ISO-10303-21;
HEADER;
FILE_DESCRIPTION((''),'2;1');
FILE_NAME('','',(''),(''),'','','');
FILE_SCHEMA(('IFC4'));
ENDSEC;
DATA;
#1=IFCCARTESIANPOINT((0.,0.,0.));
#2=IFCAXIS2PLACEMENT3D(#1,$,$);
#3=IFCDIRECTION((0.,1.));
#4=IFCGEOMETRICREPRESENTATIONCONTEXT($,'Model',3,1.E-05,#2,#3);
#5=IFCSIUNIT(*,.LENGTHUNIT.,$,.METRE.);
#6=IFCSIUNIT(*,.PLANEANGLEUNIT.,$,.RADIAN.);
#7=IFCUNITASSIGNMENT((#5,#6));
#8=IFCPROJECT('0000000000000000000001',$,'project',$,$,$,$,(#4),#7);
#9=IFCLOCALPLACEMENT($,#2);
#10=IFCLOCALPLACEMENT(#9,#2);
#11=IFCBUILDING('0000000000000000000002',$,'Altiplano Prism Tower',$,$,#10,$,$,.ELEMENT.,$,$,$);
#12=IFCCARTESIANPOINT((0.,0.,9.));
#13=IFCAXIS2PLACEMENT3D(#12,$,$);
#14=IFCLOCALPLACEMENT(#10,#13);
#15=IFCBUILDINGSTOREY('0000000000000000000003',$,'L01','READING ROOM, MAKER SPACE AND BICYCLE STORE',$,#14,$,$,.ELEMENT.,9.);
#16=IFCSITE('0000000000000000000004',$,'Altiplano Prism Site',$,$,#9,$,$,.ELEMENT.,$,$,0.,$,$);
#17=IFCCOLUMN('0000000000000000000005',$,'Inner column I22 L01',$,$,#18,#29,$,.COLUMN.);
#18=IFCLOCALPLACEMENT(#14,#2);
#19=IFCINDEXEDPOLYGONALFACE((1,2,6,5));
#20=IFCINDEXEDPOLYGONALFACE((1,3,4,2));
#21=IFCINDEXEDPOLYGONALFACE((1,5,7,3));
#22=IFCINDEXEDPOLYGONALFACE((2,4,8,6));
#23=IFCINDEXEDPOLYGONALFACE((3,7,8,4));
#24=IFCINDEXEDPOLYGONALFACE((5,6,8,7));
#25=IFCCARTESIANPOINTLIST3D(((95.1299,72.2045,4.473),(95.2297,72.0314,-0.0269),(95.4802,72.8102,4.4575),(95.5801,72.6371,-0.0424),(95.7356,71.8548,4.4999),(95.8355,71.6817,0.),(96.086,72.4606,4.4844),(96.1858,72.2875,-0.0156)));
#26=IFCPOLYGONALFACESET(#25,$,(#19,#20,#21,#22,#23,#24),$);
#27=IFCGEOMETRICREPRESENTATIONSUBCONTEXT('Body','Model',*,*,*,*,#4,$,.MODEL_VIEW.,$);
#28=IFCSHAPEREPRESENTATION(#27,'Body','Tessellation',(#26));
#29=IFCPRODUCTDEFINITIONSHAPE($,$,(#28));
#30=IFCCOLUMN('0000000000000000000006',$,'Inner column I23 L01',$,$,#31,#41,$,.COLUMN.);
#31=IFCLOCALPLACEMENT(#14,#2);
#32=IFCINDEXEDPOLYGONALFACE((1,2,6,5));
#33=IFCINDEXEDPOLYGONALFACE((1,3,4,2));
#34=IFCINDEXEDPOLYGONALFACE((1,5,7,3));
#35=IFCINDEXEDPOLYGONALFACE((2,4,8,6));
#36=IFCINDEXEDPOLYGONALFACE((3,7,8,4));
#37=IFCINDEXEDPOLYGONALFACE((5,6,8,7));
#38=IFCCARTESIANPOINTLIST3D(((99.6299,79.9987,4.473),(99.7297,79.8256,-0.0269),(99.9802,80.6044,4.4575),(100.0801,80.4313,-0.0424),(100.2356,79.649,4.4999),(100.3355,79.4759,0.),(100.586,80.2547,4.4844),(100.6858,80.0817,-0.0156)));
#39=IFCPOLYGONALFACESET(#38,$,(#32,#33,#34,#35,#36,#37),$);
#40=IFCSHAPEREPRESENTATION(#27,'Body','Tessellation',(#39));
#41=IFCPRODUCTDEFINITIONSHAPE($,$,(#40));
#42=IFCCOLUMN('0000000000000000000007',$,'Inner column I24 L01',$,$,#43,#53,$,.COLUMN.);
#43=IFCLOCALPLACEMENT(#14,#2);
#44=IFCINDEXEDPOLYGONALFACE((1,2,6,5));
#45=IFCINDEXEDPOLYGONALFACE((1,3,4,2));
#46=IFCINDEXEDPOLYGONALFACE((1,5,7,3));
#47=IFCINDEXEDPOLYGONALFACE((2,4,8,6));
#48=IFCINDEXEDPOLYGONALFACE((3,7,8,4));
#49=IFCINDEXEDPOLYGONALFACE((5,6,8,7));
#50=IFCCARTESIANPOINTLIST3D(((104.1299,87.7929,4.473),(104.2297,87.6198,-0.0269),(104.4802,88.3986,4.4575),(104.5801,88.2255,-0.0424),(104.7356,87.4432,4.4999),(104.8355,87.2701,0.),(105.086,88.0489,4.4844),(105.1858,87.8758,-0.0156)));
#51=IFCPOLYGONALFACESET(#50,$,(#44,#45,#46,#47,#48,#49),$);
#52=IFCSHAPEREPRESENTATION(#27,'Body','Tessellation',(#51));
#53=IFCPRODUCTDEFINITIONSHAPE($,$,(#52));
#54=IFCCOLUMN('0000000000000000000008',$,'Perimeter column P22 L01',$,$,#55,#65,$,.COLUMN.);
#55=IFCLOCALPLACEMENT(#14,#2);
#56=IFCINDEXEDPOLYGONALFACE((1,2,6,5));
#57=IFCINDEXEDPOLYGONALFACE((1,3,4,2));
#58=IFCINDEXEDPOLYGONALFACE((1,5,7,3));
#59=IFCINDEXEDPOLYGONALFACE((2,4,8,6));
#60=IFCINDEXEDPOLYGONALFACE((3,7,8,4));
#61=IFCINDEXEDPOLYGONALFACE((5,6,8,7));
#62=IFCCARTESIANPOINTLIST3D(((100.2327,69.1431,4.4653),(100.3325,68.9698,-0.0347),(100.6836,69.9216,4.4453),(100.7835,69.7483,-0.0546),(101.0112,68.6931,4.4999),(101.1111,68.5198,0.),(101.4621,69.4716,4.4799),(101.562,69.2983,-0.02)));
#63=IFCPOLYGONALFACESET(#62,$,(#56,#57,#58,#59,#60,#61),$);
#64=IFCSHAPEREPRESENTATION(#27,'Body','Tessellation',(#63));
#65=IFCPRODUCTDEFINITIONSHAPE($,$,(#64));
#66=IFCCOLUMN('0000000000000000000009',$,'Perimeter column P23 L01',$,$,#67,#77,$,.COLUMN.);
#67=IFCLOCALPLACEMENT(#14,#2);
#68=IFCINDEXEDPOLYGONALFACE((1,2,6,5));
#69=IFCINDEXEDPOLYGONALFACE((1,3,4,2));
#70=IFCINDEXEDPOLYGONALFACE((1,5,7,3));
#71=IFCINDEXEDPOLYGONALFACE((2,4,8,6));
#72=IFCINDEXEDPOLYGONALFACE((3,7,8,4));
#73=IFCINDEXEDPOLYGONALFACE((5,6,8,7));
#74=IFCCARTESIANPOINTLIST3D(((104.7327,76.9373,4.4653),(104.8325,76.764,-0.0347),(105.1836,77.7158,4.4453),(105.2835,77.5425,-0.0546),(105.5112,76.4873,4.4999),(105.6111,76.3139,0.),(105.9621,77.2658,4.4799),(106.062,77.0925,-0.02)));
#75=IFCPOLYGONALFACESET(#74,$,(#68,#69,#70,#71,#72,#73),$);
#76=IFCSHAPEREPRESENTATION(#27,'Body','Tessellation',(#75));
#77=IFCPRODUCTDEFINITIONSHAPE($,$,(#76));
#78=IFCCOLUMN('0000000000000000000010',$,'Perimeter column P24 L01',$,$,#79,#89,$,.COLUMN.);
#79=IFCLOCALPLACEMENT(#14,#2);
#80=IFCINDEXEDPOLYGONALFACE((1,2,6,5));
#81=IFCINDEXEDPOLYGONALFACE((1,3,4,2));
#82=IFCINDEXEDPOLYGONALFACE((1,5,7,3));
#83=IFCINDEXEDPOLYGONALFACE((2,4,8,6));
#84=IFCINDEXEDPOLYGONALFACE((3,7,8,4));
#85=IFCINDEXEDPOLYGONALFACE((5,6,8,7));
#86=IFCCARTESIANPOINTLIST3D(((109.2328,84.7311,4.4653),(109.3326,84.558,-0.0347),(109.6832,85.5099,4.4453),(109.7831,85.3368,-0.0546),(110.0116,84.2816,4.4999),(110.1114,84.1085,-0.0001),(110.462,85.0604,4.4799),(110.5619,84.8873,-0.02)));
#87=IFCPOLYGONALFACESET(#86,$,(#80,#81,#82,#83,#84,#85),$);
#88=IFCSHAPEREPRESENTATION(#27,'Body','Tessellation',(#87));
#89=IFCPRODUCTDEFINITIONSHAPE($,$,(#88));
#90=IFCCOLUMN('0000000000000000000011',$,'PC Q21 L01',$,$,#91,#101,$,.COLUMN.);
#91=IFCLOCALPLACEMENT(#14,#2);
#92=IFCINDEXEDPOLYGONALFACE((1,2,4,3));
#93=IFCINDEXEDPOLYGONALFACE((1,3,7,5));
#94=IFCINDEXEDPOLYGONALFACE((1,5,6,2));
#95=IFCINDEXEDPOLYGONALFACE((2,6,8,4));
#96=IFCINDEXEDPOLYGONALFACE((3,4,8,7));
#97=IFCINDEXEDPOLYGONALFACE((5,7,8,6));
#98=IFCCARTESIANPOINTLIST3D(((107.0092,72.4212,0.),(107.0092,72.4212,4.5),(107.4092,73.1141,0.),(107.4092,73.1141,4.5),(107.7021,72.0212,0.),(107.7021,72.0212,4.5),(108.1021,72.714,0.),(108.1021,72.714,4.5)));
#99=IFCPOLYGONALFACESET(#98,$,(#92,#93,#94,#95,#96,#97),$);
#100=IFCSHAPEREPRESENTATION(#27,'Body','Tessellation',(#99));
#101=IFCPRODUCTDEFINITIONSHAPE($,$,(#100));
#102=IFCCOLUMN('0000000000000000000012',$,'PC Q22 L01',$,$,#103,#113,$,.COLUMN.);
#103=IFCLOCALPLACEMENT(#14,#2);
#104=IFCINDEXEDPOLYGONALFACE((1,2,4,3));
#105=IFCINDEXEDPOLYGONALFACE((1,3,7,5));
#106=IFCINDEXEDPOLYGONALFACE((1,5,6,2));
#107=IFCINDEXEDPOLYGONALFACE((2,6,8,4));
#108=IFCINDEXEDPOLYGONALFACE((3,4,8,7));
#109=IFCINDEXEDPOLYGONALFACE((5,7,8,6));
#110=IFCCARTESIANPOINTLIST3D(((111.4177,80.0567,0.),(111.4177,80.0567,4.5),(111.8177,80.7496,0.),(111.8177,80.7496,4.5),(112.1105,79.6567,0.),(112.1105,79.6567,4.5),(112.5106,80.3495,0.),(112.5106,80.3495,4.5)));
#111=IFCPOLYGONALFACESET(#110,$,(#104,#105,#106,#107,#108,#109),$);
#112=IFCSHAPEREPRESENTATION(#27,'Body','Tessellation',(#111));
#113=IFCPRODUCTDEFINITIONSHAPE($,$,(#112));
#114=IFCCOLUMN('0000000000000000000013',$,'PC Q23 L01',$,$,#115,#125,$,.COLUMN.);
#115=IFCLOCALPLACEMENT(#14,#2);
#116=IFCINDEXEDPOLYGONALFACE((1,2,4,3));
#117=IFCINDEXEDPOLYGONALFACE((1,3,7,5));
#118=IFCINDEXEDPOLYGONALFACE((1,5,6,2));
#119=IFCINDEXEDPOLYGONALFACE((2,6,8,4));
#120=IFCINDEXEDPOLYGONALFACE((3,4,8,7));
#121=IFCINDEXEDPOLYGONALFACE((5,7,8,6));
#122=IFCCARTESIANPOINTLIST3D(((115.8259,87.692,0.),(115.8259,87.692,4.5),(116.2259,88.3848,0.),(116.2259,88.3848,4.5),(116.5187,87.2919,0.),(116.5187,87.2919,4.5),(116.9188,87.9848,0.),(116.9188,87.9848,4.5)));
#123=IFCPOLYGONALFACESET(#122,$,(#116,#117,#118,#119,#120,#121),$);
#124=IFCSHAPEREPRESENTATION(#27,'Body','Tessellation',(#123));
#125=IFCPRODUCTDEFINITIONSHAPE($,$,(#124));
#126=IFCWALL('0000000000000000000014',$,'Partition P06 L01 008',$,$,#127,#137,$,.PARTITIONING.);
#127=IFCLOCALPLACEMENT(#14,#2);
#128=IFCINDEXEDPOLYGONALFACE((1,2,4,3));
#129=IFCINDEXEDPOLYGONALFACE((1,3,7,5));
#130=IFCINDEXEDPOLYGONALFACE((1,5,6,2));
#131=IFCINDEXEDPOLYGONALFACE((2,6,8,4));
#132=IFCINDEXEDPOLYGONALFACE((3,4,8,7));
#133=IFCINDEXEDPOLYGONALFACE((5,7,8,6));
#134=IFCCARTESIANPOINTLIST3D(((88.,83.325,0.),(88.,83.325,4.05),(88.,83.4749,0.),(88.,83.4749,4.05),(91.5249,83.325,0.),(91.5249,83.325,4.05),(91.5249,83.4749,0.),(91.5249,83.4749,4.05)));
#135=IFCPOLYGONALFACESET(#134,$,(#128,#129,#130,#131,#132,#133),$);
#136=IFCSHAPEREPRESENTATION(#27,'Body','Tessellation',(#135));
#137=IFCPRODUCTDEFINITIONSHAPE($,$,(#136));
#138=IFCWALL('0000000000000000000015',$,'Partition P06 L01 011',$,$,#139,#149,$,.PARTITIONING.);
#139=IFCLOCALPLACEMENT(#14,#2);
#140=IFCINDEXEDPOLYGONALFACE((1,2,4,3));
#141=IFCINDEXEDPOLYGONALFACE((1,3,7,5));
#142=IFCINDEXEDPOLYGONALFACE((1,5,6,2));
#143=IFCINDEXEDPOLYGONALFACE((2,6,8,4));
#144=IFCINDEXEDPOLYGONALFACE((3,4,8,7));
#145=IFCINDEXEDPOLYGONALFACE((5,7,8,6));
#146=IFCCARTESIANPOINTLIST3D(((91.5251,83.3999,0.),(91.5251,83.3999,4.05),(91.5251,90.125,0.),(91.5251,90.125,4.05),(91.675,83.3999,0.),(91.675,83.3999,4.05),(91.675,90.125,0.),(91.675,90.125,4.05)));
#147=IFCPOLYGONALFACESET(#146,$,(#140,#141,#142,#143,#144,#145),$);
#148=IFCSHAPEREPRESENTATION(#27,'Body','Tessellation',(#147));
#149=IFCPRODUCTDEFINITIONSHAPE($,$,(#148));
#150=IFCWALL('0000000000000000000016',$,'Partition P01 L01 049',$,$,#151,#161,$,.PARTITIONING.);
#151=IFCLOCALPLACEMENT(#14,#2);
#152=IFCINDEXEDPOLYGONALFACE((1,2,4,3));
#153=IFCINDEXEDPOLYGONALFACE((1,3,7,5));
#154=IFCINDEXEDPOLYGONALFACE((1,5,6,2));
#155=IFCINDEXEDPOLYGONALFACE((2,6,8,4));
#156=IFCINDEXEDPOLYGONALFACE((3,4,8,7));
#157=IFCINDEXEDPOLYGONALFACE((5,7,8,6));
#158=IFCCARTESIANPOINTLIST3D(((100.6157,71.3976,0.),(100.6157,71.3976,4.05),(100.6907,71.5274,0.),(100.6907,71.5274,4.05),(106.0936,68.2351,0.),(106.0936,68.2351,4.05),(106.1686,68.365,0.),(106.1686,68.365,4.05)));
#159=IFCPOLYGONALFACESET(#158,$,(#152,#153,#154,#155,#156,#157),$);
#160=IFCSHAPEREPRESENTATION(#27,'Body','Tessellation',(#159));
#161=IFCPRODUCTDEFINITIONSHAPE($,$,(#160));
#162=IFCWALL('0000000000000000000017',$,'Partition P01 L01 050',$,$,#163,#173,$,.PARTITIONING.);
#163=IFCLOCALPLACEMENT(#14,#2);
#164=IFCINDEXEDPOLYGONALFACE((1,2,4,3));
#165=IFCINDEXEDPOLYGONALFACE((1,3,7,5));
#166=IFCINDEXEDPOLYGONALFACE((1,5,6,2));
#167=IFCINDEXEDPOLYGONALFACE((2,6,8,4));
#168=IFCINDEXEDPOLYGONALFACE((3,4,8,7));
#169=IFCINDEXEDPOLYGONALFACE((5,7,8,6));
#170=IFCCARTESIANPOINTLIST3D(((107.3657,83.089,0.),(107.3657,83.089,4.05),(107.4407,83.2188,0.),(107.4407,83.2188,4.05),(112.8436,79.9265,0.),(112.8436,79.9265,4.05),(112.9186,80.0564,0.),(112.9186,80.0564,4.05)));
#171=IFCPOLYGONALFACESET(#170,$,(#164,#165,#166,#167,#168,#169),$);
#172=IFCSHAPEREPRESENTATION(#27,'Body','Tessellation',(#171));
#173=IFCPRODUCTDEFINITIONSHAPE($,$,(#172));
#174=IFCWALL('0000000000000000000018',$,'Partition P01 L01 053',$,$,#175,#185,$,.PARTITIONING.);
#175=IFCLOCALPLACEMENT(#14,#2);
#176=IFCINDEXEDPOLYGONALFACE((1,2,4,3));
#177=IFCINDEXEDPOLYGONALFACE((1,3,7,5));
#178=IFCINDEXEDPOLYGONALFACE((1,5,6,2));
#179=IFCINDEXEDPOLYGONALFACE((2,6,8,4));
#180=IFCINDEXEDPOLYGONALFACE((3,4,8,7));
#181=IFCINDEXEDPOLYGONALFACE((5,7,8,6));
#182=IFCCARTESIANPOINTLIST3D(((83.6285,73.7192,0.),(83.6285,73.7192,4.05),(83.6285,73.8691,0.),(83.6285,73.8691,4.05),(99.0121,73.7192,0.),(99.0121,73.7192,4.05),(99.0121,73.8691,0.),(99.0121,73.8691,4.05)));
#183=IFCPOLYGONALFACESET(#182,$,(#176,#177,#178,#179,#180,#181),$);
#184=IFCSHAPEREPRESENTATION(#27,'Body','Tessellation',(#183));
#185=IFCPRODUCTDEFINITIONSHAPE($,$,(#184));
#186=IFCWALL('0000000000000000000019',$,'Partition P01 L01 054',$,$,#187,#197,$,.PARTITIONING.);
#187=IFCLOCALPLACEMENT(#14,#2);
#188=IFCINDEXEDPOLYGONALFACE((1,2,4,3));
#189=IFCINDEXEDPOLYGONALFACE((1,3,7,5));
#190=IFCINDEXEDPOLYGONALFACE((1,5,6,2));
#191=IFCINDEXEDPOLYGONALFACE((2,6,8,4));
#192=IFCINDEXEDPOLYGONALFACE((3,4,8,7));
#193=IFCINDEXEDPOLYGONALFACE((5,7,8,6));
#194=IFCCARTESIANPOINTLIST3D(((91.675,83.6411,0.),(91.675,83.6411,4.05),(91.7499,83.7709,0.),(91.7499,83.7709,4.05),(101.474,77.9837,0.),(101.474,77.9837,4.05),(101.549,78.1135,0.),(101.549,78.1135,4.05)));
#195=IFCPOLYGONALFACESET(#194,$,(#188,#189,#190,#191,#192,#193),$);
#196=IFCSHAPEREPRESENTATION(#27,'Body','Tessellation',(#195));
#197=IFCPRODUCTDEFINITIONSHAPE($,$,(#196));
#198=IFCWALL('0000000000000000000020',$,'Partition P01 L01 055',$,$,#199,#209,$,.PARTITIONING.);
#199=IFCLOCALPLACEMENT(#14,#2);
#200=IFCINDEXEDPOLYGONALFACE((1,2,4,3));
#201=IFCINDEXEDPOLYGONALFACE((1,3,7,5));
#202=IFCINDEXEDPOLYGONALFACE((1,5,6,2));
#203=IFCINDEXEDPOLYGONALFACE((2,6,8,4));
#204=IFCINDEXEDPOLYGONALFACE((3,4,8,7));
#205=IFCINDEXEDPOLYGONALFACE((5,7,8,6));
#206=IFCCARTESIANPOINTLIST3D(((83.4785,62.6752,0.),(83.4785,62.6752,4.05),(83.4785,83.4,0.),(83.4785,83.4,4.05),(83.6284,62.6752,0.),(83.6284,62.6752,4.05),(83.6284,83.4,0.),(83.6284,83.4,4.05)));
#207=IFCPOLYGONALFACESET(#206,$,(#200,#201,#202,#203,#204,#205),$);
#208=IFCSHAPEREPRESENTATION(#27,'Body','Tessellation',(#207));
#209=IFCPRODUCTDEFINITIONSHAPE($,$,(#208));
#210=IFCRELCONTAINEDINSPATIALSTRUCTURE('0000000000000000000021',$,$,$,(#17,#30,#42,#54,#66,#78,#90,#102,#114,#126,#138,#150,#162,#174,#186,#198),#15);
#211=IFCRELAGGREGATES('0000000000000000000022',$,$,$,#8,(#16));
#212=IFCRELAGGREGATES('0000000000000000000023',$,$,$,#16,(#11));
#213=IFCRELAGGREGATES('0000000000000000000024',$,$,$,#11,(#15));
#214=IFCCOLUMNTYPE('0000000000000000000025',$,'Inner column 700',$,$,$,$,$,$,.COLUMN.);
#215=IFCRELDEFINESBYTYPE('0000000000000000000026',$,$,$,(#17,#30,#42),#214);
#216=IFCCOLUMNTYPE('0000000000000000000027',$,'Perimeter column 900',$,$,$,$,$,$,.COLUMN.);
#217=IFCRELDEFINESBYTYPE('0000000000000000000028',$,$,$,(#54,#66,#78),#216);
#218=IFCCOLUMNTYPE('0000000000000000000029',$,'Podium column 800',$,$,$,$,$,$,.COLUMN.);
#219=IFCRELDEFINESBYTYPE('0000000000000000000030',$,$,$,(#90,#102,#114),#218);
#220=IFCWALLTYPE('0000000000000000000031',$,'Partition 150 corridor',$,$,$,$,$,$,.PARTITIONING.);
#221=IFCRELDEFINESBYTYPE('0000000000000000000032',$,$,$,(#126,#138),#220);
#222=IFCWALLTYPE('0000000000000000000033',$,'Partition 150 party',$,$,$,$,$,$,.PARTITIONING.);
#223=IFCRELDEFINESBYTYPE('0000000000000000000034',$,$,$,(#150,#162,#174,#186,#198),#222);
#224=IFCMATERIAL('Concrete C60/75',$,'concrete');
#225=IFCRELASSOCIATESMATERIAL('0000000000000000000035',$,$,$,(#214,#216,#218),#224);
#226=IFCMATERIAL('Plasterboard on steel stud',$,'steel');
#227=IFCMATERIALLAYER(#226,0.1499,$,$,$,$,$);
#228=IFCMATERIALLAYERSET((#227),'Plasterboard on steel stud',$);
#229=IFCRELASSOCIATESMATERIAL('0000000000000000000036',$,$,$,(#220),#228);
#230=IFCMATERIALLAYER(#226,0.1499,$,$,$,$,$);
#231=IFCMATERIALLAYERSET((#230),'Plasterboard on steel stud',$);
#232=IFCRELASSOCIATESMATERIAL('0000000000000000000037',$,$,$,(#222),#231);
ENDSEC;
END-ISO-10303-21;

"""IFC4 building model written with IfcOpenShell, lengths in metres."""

from ifc_helpers import new_model, si_unit, direction, frame, frame_2d, origin, origin_2d, place, context, subcontext, project, spatial, rectangle, extrude, material, layer, layer_set, material_profile, profile_set, type_object, element, save


model = new_model("IFC4")

# Units and contexts
model_context = context("Model", 3, precision=1e-05, world=origin(), true_north=direction((0.0, 1.0)))
body_context = subcontext(model_context, "Body", "Model", "MODEL_VIEW")
ifc_project = project(units=[si_unit("LENGTHUNIT", "METRE"), si_unit("PLANEANGLEUNIT", "RADIAN")], contexts=[model_context])

# Site, building, storey
site_placement = place(None, origin())
site = spatial("IfcSite", under=ifc_project, at=site_placement, Name="Altiplano Prism Site", CompositionType="ELEMENT", RefElevation=0.0)
building_placement = place(site_placement, origin())
building = spatial("IfcBuilding", under=site, at=building_placement, Name="Altiplano Prism Tower", CompositionType="ELEMENT")
storey_placement = place(building_placement, frame((0.0, 0.0, 9.0)))
storey = spatial("IfcBuildingStorey", under=building, at=storey_placement, Name="L01", Description="READING ROOM, MAKER SPACE AND BICYCLE STORE", CompositionType="ELEMENT", Elevation=9.0)

# Columns
ifc_material_1 = material(Name="Concrete C60/75", Category="concrete")
ifc_material_profile_1 = material_profile(ifc_material_1, rectangle(XDim=0.7, YDim=0.7, at=origin_2d()), Name="Inner column 700")
ifc_profile_set_1 = profile_set([ifc_material_profile_1], Name="Concrete C60/75")
column_type_1 = type_object("IfcColumnType", Name="Inner column 700", PredefinedType="COLUMN", material=ifc_profile_set_1)
for number, where, z_axis, x_axis, name in (
    (1, (95.7078, 72.1594, -0.0212), (-0.022168, 0.038428, 0.999015), (-0.500554, -0.865421, 0.022182), "Inner column I22 L01"),
    (2, (100.2078, 79.9536, -0.0212), (-0.022168, 0.038428, 0.999015), (-0.500558, -0.865419, 0.022182), "Inner column I23 L01"),
    (3, (104.7078, 87.7478, -0.0212), (-0.022168, 0.038428, 0.999015), (-0.500558, -0.865419, 0.022182), "Inner column I24 L01"),
):
    element("IfcColumn", number, at=place(storey_placement, frame(where, z_axis=z_axis, x_axis=x_axis)), inside=storey, type_object=column_type_1, Name=name, PredefinedType="COLUMN", context=body_context, shape_type="SweptSolid", body=[
        extrude(rectangle(XDim=0.7, YDim=0.7, at=origin_2d()), origin(), (0.0, 0.0, 1.0), 4.5044),
    ])
ifc_material_profile_2 = material_profile(ifc_material_1, rectangle(XDim=0.8999, YDim=0.8999, at=origin_2d()), Name="Perimeter column 900")
ifc_profile_set_2 = profile_set([ifc_material_profile_2], Name="Concrete C60/75")
column_type_2 = type_object("IfcColumnType", Name="Perimeter column 900", PredefinedType="COLUMN", material=ifc_profile_set_2)
for number, where, z_axis, x_axis, name in (
    (4, (100.9473, 69.134, -0.0273), (-0.022168, 0.038482, 0.999013), (-0.501082, -0.865115, 0.022205), "Perimeter column P22 L01"),
    (5, (105.4473, 76.9282, -0.0273), (-0.022168, 0.038482, 0.999013), (-0.501086, -0.865113, 0.022205), "Perimeter column P23 L01"),
    (6, (109.9473, 84.7227, -0.0273), (-0.022168, 0.038428, 0.999015), (-0.500558, -0.865419, 0.022182), "Perimeter column P24 L01"),
):
    element("IfcColumn", number, at=place(storey_placement, frame(where, z_axis=z_axis, x_axis=x_axis)), inside=storey, type_object=column_type_2, Name=name, PredefinedType="COLUMN", context=body_context, shape_type="SweptSolid", body=[
        extrude(rectangle(XDim=0.8999, YDim=0.8999, at=origin_2d()), origin(), (0.0, 0.0, 1.0), 4.5044),
    ])
ifc_material_profile_3 = material_profile(ifc_material_1, rectangle(XDim=0.8, YDim=0.8, at=origin_2d()), Name="Podium column 800")
ifc_profile_set_3 = profile_set([ifc_material_profile_3], Name="Concrete C60/75")
column_type_3 = type_object("IfcColumnType", Name="Podium column 800", PredefinedType="COLUMN", material=ifc_profile_set_3)
for number, where, z_axis, x_axis, name in (
    (7, (107.5557, 72.5676, 0.0), (0.0, 0.0, 1.0), (0.5, 0.866025, 0.0), "PC Q21 L01"),
    (8, (111.9641, 80.2031, 0.0), (0.0, 0.0, 1.0), (0.5, 0.866025, 0.0), "PC Q22 L01"),
    (9, (116.3723, 87.8384, 0.0), (0.0, 0.0, 1.0), (0.5, 0.866025, 0.0), "PC Q23 L01"),
):
    element("IfcColumn", number, at=place(storey_placement, frame(where, z_axis=z_axis, x_axis=x_axis)), inside=storey, type_object=column_type_3, Name=name, PredefinedType="COLUMN", context=body_context, shape_type="SweptSolid", body=[
        extrude(rectangle(XDim=0.8, YDim=0.8, at=origin_2d()), origin(), (0.0, 0.0, 1.0), 4.5),
    ])

# Walls
ifc_material_2 = material(Name="Plasterboard on steel stud", Category="steel")
ifc_layer_1 = layer(ifc_material_2, 0.1499)
ifc_layer_set_1 = layer_set([ifc_layer_1], Name="Plasterboard on steel stud")
wall_type_1 = type_object("IfcWallType", Name="Partition 150 corridor", PredefinedType="PARTITIONING", material=ifc_layer_set_1)
wall_1_placement = place(storey_placement, frame((88.0, 83.3999, 0.0), z_axis=(0.0, 0.0, 1.0), x_axis=(1.0, 0.0, 0.0)))
element("IfcWall", 10, at=wall_1_placement, inside=storey, type_object=wall_type_1, Name="Partition P06 L01 008", PredefinedType="PARTITIONING", context=body_context, shape_type="SweptSolid", body=[
    extrude(rectangle(XDim=3.5249, YDim=0.1499, at=frame_2d((1.7625, 0.0))), origin(), (0.0, 0.0, 1.0), 4.05),
])
wall_2_placement = place(storey_placement, frame((91.6001, 83.3999, 0.0), z_axis=(0.0, 0.0, 1.0), x_axis=(0.0, 1.0, 0.0)))
element("IfcWall", 11, at=wall_2_placement, inside=storey, type_object=wall_type_1, Name="Partition P06 L01 011", PredefinedType="PARTITIONING", context=body_context, shape_type="SweptSolid", body=[
    extrude(rectangle(XDim=6.7251, YDim=0.1499, at=frame_2d((3.3625, 0.0))), origin(), (0.0, 0.0, 1.0), 4.05),
])
ifc_layer_2 = layer(ifc_material_2, 0.1499)
ifc_layer_set_2 = layer_set([ifc_layer_2], Name="Plasterboard on steel stud")
wall_type_2 = type_object("IfcWallType", Name="Partition 150 party", PredefinedType="PARTITIONING", material=ifc_layer_set_2)
for number, where, z_axis, x_axis, name in (
    (12, (106.1311, 68.3, 0.0), (0.0, 0.0, 1.0), (-0.866042, 0.499971, 0.0), "Partition P01 L01 049"),
    (13, (112.8811, 79.9915, 0.0), (0.0, 0.0, 1.0), (-0.866042, 0.499971, 0.0), "Partition P01 L01 050"),
):
    element("IfcWall", number, at=place(storey_placement, frame(where, z_axis=z_axis, x_axis=x_axis)), inside=storey, type_object=wall_type_2, Name=name, PredefinedType="PARTITIONING", context=body_context, shape_type="SweptSolid", body=[
        extrude(rectangle(XDim=6.3252, YDim=0.1499, at=frame_2d((3.1626, 0.0))), origin(), (0.0, 0.0, 1.0), 4.05),
    ])
wall_3_placement = place(storey_placement, frame((83.6284, 73.7942, 0.0), z_axis=(0.0, 0.0, 1.0), x_axis=(1.0, 0.0, 0.0)))
element("IfcWall", 14, at=wall_3_placement, inside=storey, type_object=wall_type_2, Name="Partition P01 L01 053", PredefinedType="PARTITIONING", context=body_context, shape_type="SweptSolid", body=[
    extrude(rectangle(XDim=15.3835, YDim=0.1499, at=frame_2d((7.6919, 0.0))), origin(), (0.0, 0.0, 1.0), 4.05),
])
wall_4_placement = place(storey_placement, frame((101.5115, 78.0486, 0.0), z_axis=(0.0, 0.0, 1.0), x_axis=(-0.866026, 0.499998, 0.0)))
element("IfcWall", 15, at=wall_4_placement, inside=storey, type_object=wall_type_2, Name="Partition P01 L01 054", PredefinedType="PARTITIONING", context=body_context, shape_type="SweptSolid", body=[
    extrude(rectangle(XDim=11.3149, YDim=0.1499, at=frame_2d((5.6575, 0.0))), origin(), (0.0, 0.0, 1.0), 4.05),
])
wall_5_placement = place(storey_placement, frame((83.5535, 83.3999, 0.0), z_axis=(0.0, 0.0, 1.0), x_axis=(0.0, -1.0, 0.0)))
element("IfcWall", 16, at=wall_5_placement, inside=storey, type_object=wall_type_2, Name="Partition P01 L01 055", PredefinedType="PARTITIONING", context=body_context, shape_type="SweptSolid", body=[
    extrude(rectangle(XDim=20.7249, YDim=0.1499, at=frame_2d((10.3623, 0.0))), origin(), (0.0, 0.0, 1.0), 4.05),
])

save(model, "model.ifc")
